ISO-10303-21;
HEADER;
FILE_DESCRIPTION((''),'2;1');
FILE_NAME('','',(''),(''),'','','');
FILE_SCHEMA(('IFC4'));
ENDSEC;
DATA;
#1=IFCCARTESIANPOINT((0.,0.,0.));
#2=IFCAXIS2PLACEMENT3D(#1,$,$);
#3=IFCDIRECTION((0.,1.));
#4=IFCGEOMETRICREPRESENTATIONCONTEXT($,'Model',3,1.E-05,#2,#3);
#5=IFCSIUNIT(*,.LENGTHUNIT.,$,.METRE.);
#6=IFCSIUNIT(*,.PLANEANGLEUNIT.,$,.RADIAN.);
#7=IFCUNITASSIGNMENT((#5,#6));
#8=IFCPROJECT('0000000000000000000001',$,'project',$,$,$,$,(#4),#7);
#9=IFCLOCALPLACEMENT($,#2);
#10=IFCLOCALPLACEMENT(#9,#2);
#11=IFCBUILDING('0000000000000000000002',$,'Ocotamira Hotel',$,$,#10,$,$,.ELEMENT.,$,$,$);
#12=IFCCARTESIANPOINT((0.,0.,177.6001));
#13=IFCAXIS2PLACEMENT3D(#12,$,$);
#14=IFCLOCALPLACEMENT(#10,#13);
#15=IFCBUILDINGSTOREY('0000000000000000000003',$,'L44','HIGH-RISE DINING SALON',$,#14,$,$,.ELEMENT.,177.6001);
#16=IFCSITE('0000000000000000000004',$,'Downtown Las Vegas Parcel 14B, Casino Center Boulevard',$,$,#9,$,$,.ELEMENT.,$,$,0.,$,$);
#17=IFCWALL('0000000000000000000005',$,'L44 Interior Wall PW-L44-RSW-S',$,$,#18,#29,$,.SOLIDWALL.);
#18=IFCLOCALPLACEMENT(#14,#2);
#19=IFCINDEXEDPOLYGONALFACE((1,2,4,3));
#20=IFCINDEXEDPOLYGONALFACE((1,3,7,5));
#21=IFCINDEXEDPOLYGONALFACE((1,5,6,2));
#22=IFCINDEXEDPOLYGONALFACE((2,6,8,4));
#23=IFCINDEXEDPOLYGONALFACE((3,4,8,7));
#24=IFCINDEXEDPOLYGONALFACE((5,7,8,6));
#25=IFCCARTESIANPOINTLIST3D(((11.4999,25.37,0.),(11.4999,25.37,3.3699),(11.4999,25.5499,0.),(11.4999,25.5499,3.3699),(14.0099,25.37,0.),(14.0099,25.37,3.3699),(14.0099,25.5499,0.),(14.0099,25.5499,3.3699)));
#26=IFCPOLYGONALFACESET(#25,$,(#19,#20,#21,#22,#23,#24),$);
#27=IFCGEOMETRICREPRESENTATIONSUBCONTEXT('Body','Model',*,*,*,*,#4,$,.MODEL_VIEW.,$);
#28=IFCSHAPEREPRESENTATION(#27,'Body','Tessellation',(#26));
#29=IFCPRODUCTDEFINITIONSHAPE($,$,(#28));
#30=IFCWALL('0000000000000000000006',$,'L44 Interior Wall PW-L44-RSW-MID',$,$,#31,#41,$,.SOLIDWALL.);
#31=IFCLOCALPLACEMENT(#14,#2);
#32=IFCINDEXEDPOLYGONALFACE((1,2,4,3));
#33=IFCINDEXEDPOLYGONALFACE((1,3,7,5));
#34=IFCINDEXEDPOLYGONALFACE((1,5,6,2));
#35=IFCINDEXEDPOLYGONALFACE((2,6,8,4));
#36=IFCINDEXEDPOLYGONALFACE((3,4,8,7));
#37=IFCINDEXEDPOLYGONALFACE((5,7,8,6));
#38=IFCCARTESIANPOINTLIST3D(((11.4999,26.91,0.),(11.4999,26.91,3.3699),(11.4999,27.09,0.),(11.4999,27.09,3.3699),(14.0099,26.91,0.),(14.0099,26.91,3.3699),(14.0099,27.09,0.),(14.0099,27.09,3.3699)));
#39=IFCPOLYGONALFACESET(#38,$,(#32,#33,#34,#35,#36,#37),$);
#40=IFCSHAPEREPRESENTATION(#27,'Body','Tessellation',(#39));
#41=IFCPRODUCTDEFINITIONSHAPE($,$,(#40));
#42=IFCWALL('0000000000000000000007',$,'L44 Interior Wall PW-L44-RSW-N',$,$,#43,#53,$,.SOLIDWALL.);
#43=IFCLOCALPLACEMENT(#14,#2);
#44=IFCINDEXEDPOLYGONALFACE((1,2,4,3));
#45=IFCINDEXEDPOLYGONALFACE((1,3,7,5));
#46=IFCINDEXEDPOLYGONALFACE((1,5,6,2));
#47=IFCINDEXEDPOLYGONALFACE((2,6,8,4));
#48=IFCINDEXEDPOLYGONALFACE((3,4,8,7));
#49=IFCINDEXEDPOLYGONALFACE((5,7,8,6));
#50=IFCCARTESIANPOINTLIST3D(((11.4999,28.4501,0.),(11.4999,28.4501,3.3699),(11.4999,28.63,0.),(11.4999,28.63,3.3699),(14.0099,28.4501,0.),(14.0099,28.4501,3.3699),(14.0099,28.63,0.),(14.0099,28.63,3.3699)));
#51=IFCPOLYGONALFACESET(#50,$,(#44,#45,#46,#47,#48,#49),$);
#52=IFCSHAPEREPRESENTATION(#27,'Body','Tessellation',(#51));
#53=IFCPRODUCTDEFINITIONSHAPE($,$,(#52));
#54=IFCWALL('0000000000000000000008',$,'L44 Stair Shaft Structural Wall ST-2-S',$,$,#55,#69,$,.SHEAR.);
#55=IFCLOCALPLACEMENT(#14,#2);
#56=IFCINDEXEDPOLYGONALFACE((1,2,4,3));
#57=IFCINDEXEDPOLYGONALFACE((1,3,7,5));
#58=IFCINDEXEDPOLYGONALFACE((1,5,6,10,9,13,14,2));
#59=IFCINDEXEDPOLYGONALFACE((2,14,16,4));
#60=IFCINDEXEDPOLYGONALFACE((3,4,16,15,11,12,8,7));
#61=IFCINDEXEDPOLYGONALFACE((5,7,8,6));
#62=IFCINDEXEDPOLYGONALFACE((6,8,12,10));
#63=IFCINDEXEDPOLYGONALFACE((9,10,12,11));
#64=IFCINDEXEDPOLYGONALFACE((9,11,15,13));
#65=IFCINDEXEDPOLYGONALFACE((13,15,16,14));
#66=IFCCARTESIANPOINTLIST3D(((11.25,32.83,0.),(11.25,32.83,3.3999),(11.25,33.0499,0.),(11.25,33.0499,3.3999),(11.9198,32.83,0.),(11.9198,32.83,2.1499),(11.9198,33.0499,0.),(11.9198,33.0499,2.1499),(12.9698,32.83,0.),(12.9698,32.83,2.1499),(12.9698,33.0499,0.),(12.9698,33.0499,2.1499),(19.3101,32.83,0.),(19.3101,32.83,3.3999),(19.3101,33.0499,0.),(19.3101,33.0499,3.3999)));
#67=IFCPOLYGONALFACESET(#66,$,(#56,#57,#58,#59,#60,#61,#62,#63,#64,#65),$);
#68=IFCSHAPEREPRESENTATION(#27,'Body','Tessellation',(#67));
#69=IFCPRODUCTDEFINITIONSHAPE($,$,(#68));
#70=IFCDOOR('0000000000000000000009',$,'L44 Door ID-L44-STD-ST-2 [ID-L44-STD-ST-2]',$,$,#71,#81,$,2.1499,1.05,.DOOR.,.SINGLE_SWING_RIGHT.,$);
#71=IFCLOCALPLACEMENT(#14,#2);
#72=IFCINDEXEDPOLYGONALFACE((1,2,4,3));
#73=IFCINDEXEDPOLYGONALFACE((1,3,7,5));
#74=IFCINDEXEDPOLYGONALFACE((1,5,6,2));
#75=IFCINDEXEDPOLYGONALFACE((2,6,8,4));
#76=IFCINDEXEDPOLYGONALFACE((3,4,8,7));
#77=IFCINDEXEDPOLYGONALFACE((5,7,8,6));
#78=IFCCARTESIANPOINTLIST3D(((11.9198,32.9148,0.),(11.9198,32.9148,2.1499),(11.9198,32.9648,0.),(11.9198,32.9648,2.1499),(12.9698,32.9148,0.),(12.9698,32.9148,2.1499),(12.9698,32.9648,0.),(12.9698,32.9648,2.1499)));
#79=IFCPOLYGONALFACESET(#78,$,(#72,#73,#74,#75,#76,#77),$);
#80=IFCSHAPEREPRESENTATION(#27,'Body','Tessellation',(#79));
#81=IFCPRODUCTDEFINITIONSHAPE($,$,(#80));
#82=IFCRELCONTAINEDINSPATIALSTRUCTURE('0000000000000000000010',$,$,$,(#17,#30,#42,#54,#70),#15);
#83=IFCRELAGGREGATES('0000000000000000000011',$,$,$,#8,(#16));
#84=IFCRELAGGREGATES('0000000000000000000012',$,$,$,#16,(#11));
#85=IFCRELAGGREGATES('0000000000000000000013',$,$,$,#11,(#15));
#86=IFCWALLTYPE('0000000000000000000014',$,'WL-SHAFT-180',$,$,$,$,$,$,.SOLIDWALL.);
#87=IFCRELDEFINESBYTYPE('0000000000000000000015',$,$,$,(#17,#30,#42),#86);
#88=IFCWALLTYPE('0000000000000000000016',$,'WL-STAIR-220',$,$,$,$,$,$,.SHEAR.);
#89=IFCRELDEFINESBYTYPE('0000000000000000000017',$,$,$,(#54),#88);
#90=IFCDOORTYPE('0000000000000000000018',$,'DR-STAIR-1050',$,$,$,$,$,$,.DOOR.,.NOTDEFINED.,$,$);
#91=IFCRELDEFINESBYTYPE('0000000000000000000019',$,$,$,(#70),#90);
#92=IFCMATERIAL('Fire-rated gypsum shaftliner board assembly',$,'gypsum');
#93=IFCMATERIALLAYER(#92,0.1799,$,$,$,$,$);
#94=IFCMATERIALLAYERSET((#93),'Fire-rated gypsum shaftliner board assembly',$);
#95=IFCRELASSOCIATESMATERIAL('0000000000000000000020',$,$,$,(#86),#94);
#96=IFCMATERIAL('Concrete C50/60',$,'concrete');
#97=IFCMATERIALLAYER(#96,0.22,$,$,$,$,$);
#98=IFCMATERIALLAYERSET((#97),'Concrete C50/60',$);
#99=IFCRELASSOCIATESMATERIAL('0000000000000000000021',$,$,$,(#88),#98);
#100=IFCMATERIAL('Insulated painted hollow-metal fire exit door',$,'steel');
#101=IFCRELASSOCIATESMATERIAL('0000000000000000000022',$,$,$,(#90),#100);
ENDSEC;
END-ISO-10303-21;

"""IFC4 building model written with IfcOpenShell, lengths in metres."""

from ifc_helpers import new_model, si_unit, direction, frame, frame_2d, origin, place, context, subcontext, project, spatial, rectangle, extrude, source, transform, mapped, material, layer, layer_set, type_object, element, fill, save


model = new_model("IFC4")

# Units and contexts
model_context = context("Model", 3, precision=1e-05, world=origin(), true_north=direction((0.0, 1.0)))
body_context = subcontext(model_context, "Body", "Model", "MODEL_VIEW")
ifc_project = project(units=[si_unit("LENGTHUNIT", "METRE"), si_unit("PLANEANGLEUNIT", "RADIAN")], contexts=[model_context])

# Site, building, storey
site_placement = place(None, origin())
site = spatial("IfcSite", under=ifc_project, at=site_placement, Name="Downtown Las Vegas Parcel 14B, Casino Center Boulevard", CompositionType="ELEMENT", RefElevation=0.0)
building_placement = place(site_placement, origin())
building = spatial("IfcBuilding", under=site, at=building_placement, Name="Ocotamira Hotel", CompositionType="ELEMENT")
storey_placement = place(building_placement, frame((0.0, 0.0, 177.6001)))
storey = spatial("IfcBuildingStorey", under=building, at=storey_placement, Name="L44", Description="HIGH-RISE DINING SALON", CompositionType="ELEMENT", Elevation=177.6001)

# Walls
ifc_material_1 = material(Name="Fire-rated gypsum shaftliner board assembly", Category="gypsum")
ifc_layer_1 = layer(ifc_material_1, 0.1799)
ifc_layer_set_1 = layer_set([ifc_layer_1], Name="Fire-rated gypsum shaftliner board assembly")
wall_type_1 = type_object("IfcWallType", Name="WL-SHAFT-180", PredefinedType="SOLIDWALL", material=ifc_layer_set_1)
for number, where, z_axis, x_axis, name in (
    (1, (11.5, 25.46, 0.0), (0.0, 0.0, 1.0), (1.0, 0.0, 0.0), "L44 Interior Wall PW-L44-RSW-S"),
    (2, (11.5, 27.0, 0.0), (0.0, 0.0, 1.0), (1.0, 0.0, 0.0), "L44 Interior Wall PW-L44-RSW-MID"),
    (3, (11.5, 28.54, 0.0), (0.0, 0.0, 1.0), (1.0, 0.0, 0.0), "L44 Interior Wall PW-L44-RSW-N"),
):
    element("IfcWall", number, at=place(storey_placement, frame(where, z_axis=z_axis, x_axis=x_axis)), inside=storey, type_object=wall_type_1, Name=name, PredefinedType="SOLIDWALL", context=body_context, shape_type="SweptSolid", body=[
        extrude(rectangle(XDim=2.51, YDim=0.1799, at=frame_2d((1.2549, 0.0))), origin(), (0.0, 0.0, 1.0), 3.3699),
    ])

# Wall, opening, door
ifc_material_2 = material(Name="Concrete C50/60", Category="concrete")
ifc_layer_2 = layer(ifc_material_2, 0.22)
ifc_layer_set_2 = layer_set([ifc_layer_2], Name="Concrete C50/60")
wall_type_2 = type_object("IfcWallType", Name="WL-STAIR-220", PredefinedType="SHEAR", material=ifc_layer_set_2)
wall_placement = place(storey_placement, frame((11.25, 32.9399, 0.0), z_axis=(0.0, 0.0, 1.0), x_axis=(1.0, 0.0, 0.0)))
wall = element("IfcWall", 4, at=wall_placement, inside=storey, type_object=wall_type_2, Name="L44 Stair Shaft Structural Wall ST-2-S", PredefinedType="SHEAR", context=body_context, shape_type="SweptSolid", body=[
    extrude(rectangle(XDim=8.0601, YDim=0.22, at=frame_2d((4.03, 0.0))), origin(), (0.0, 0.0, 1.0), 3.3999),
])
opening_placement = place(wall_placement, frame((0.6699, 0.0, 0.0)))
opening = element("IfcOpeningElement", 5, at=opening_placement, cuts=wall, PredefinedType="OPENING", context=body_context, shape_type="SweptSolid", body=[
    extrude(rectangle(XDim=1.05, YDim=2.1499, at=frame_2d((0.5249, 1.075))), frame((0.0, 0.1201, 0.0), z_axis=(0.0, -1.0, 0.0), x_axis=(1.0, 0.0, 0.0)), (0.0, 0.0, 1.0), 0.24),
])
ifc_material_3 = material(Name="Insulated painted hollow-metal fire exit door", Category="steel")
door_type = type_object("IfcDoorType", Name="DR-STAIR-1050", OperationType="NOTDEFINED", PredefinedType="DOOR", material=ifc_material_3)
shared_shape_1 = source(origin(), body_context, "Body", "SweptSolid", [
    extrude(rectangle(XDim=1.05, YDim=2.1499, at=frame_2d((0.5249, 1.075))), frame((0.0, 0.0249, 0.0), z_axis=(0.0, -1.0, 0.0), x_axis=(1.0, 0.0, 0.0)), (0.0, 0.0, 1.0), 0.05),
])
door_placement = place(opening_placement, origin())
door = element("IfcDoor", 6, at=door_placement, inside=storey, type_object=door_type, Name="L44 Door ID-L44-STD-ST-2 [ID-L44-STD-ST-2]", OperationType="SINGLE_SWING_RIGHT", OverallHeight=2.1499, OverallWidth=1.05, PredefinedType="DOOR", context=body_context, shape_type="MappedRepresentation", body=[
    mapped(shared_shape_1, transform((0.0, 0.0, 0.0), scale=1.0)),
])
fill(opening, door)

save(model, "model.ifc")
